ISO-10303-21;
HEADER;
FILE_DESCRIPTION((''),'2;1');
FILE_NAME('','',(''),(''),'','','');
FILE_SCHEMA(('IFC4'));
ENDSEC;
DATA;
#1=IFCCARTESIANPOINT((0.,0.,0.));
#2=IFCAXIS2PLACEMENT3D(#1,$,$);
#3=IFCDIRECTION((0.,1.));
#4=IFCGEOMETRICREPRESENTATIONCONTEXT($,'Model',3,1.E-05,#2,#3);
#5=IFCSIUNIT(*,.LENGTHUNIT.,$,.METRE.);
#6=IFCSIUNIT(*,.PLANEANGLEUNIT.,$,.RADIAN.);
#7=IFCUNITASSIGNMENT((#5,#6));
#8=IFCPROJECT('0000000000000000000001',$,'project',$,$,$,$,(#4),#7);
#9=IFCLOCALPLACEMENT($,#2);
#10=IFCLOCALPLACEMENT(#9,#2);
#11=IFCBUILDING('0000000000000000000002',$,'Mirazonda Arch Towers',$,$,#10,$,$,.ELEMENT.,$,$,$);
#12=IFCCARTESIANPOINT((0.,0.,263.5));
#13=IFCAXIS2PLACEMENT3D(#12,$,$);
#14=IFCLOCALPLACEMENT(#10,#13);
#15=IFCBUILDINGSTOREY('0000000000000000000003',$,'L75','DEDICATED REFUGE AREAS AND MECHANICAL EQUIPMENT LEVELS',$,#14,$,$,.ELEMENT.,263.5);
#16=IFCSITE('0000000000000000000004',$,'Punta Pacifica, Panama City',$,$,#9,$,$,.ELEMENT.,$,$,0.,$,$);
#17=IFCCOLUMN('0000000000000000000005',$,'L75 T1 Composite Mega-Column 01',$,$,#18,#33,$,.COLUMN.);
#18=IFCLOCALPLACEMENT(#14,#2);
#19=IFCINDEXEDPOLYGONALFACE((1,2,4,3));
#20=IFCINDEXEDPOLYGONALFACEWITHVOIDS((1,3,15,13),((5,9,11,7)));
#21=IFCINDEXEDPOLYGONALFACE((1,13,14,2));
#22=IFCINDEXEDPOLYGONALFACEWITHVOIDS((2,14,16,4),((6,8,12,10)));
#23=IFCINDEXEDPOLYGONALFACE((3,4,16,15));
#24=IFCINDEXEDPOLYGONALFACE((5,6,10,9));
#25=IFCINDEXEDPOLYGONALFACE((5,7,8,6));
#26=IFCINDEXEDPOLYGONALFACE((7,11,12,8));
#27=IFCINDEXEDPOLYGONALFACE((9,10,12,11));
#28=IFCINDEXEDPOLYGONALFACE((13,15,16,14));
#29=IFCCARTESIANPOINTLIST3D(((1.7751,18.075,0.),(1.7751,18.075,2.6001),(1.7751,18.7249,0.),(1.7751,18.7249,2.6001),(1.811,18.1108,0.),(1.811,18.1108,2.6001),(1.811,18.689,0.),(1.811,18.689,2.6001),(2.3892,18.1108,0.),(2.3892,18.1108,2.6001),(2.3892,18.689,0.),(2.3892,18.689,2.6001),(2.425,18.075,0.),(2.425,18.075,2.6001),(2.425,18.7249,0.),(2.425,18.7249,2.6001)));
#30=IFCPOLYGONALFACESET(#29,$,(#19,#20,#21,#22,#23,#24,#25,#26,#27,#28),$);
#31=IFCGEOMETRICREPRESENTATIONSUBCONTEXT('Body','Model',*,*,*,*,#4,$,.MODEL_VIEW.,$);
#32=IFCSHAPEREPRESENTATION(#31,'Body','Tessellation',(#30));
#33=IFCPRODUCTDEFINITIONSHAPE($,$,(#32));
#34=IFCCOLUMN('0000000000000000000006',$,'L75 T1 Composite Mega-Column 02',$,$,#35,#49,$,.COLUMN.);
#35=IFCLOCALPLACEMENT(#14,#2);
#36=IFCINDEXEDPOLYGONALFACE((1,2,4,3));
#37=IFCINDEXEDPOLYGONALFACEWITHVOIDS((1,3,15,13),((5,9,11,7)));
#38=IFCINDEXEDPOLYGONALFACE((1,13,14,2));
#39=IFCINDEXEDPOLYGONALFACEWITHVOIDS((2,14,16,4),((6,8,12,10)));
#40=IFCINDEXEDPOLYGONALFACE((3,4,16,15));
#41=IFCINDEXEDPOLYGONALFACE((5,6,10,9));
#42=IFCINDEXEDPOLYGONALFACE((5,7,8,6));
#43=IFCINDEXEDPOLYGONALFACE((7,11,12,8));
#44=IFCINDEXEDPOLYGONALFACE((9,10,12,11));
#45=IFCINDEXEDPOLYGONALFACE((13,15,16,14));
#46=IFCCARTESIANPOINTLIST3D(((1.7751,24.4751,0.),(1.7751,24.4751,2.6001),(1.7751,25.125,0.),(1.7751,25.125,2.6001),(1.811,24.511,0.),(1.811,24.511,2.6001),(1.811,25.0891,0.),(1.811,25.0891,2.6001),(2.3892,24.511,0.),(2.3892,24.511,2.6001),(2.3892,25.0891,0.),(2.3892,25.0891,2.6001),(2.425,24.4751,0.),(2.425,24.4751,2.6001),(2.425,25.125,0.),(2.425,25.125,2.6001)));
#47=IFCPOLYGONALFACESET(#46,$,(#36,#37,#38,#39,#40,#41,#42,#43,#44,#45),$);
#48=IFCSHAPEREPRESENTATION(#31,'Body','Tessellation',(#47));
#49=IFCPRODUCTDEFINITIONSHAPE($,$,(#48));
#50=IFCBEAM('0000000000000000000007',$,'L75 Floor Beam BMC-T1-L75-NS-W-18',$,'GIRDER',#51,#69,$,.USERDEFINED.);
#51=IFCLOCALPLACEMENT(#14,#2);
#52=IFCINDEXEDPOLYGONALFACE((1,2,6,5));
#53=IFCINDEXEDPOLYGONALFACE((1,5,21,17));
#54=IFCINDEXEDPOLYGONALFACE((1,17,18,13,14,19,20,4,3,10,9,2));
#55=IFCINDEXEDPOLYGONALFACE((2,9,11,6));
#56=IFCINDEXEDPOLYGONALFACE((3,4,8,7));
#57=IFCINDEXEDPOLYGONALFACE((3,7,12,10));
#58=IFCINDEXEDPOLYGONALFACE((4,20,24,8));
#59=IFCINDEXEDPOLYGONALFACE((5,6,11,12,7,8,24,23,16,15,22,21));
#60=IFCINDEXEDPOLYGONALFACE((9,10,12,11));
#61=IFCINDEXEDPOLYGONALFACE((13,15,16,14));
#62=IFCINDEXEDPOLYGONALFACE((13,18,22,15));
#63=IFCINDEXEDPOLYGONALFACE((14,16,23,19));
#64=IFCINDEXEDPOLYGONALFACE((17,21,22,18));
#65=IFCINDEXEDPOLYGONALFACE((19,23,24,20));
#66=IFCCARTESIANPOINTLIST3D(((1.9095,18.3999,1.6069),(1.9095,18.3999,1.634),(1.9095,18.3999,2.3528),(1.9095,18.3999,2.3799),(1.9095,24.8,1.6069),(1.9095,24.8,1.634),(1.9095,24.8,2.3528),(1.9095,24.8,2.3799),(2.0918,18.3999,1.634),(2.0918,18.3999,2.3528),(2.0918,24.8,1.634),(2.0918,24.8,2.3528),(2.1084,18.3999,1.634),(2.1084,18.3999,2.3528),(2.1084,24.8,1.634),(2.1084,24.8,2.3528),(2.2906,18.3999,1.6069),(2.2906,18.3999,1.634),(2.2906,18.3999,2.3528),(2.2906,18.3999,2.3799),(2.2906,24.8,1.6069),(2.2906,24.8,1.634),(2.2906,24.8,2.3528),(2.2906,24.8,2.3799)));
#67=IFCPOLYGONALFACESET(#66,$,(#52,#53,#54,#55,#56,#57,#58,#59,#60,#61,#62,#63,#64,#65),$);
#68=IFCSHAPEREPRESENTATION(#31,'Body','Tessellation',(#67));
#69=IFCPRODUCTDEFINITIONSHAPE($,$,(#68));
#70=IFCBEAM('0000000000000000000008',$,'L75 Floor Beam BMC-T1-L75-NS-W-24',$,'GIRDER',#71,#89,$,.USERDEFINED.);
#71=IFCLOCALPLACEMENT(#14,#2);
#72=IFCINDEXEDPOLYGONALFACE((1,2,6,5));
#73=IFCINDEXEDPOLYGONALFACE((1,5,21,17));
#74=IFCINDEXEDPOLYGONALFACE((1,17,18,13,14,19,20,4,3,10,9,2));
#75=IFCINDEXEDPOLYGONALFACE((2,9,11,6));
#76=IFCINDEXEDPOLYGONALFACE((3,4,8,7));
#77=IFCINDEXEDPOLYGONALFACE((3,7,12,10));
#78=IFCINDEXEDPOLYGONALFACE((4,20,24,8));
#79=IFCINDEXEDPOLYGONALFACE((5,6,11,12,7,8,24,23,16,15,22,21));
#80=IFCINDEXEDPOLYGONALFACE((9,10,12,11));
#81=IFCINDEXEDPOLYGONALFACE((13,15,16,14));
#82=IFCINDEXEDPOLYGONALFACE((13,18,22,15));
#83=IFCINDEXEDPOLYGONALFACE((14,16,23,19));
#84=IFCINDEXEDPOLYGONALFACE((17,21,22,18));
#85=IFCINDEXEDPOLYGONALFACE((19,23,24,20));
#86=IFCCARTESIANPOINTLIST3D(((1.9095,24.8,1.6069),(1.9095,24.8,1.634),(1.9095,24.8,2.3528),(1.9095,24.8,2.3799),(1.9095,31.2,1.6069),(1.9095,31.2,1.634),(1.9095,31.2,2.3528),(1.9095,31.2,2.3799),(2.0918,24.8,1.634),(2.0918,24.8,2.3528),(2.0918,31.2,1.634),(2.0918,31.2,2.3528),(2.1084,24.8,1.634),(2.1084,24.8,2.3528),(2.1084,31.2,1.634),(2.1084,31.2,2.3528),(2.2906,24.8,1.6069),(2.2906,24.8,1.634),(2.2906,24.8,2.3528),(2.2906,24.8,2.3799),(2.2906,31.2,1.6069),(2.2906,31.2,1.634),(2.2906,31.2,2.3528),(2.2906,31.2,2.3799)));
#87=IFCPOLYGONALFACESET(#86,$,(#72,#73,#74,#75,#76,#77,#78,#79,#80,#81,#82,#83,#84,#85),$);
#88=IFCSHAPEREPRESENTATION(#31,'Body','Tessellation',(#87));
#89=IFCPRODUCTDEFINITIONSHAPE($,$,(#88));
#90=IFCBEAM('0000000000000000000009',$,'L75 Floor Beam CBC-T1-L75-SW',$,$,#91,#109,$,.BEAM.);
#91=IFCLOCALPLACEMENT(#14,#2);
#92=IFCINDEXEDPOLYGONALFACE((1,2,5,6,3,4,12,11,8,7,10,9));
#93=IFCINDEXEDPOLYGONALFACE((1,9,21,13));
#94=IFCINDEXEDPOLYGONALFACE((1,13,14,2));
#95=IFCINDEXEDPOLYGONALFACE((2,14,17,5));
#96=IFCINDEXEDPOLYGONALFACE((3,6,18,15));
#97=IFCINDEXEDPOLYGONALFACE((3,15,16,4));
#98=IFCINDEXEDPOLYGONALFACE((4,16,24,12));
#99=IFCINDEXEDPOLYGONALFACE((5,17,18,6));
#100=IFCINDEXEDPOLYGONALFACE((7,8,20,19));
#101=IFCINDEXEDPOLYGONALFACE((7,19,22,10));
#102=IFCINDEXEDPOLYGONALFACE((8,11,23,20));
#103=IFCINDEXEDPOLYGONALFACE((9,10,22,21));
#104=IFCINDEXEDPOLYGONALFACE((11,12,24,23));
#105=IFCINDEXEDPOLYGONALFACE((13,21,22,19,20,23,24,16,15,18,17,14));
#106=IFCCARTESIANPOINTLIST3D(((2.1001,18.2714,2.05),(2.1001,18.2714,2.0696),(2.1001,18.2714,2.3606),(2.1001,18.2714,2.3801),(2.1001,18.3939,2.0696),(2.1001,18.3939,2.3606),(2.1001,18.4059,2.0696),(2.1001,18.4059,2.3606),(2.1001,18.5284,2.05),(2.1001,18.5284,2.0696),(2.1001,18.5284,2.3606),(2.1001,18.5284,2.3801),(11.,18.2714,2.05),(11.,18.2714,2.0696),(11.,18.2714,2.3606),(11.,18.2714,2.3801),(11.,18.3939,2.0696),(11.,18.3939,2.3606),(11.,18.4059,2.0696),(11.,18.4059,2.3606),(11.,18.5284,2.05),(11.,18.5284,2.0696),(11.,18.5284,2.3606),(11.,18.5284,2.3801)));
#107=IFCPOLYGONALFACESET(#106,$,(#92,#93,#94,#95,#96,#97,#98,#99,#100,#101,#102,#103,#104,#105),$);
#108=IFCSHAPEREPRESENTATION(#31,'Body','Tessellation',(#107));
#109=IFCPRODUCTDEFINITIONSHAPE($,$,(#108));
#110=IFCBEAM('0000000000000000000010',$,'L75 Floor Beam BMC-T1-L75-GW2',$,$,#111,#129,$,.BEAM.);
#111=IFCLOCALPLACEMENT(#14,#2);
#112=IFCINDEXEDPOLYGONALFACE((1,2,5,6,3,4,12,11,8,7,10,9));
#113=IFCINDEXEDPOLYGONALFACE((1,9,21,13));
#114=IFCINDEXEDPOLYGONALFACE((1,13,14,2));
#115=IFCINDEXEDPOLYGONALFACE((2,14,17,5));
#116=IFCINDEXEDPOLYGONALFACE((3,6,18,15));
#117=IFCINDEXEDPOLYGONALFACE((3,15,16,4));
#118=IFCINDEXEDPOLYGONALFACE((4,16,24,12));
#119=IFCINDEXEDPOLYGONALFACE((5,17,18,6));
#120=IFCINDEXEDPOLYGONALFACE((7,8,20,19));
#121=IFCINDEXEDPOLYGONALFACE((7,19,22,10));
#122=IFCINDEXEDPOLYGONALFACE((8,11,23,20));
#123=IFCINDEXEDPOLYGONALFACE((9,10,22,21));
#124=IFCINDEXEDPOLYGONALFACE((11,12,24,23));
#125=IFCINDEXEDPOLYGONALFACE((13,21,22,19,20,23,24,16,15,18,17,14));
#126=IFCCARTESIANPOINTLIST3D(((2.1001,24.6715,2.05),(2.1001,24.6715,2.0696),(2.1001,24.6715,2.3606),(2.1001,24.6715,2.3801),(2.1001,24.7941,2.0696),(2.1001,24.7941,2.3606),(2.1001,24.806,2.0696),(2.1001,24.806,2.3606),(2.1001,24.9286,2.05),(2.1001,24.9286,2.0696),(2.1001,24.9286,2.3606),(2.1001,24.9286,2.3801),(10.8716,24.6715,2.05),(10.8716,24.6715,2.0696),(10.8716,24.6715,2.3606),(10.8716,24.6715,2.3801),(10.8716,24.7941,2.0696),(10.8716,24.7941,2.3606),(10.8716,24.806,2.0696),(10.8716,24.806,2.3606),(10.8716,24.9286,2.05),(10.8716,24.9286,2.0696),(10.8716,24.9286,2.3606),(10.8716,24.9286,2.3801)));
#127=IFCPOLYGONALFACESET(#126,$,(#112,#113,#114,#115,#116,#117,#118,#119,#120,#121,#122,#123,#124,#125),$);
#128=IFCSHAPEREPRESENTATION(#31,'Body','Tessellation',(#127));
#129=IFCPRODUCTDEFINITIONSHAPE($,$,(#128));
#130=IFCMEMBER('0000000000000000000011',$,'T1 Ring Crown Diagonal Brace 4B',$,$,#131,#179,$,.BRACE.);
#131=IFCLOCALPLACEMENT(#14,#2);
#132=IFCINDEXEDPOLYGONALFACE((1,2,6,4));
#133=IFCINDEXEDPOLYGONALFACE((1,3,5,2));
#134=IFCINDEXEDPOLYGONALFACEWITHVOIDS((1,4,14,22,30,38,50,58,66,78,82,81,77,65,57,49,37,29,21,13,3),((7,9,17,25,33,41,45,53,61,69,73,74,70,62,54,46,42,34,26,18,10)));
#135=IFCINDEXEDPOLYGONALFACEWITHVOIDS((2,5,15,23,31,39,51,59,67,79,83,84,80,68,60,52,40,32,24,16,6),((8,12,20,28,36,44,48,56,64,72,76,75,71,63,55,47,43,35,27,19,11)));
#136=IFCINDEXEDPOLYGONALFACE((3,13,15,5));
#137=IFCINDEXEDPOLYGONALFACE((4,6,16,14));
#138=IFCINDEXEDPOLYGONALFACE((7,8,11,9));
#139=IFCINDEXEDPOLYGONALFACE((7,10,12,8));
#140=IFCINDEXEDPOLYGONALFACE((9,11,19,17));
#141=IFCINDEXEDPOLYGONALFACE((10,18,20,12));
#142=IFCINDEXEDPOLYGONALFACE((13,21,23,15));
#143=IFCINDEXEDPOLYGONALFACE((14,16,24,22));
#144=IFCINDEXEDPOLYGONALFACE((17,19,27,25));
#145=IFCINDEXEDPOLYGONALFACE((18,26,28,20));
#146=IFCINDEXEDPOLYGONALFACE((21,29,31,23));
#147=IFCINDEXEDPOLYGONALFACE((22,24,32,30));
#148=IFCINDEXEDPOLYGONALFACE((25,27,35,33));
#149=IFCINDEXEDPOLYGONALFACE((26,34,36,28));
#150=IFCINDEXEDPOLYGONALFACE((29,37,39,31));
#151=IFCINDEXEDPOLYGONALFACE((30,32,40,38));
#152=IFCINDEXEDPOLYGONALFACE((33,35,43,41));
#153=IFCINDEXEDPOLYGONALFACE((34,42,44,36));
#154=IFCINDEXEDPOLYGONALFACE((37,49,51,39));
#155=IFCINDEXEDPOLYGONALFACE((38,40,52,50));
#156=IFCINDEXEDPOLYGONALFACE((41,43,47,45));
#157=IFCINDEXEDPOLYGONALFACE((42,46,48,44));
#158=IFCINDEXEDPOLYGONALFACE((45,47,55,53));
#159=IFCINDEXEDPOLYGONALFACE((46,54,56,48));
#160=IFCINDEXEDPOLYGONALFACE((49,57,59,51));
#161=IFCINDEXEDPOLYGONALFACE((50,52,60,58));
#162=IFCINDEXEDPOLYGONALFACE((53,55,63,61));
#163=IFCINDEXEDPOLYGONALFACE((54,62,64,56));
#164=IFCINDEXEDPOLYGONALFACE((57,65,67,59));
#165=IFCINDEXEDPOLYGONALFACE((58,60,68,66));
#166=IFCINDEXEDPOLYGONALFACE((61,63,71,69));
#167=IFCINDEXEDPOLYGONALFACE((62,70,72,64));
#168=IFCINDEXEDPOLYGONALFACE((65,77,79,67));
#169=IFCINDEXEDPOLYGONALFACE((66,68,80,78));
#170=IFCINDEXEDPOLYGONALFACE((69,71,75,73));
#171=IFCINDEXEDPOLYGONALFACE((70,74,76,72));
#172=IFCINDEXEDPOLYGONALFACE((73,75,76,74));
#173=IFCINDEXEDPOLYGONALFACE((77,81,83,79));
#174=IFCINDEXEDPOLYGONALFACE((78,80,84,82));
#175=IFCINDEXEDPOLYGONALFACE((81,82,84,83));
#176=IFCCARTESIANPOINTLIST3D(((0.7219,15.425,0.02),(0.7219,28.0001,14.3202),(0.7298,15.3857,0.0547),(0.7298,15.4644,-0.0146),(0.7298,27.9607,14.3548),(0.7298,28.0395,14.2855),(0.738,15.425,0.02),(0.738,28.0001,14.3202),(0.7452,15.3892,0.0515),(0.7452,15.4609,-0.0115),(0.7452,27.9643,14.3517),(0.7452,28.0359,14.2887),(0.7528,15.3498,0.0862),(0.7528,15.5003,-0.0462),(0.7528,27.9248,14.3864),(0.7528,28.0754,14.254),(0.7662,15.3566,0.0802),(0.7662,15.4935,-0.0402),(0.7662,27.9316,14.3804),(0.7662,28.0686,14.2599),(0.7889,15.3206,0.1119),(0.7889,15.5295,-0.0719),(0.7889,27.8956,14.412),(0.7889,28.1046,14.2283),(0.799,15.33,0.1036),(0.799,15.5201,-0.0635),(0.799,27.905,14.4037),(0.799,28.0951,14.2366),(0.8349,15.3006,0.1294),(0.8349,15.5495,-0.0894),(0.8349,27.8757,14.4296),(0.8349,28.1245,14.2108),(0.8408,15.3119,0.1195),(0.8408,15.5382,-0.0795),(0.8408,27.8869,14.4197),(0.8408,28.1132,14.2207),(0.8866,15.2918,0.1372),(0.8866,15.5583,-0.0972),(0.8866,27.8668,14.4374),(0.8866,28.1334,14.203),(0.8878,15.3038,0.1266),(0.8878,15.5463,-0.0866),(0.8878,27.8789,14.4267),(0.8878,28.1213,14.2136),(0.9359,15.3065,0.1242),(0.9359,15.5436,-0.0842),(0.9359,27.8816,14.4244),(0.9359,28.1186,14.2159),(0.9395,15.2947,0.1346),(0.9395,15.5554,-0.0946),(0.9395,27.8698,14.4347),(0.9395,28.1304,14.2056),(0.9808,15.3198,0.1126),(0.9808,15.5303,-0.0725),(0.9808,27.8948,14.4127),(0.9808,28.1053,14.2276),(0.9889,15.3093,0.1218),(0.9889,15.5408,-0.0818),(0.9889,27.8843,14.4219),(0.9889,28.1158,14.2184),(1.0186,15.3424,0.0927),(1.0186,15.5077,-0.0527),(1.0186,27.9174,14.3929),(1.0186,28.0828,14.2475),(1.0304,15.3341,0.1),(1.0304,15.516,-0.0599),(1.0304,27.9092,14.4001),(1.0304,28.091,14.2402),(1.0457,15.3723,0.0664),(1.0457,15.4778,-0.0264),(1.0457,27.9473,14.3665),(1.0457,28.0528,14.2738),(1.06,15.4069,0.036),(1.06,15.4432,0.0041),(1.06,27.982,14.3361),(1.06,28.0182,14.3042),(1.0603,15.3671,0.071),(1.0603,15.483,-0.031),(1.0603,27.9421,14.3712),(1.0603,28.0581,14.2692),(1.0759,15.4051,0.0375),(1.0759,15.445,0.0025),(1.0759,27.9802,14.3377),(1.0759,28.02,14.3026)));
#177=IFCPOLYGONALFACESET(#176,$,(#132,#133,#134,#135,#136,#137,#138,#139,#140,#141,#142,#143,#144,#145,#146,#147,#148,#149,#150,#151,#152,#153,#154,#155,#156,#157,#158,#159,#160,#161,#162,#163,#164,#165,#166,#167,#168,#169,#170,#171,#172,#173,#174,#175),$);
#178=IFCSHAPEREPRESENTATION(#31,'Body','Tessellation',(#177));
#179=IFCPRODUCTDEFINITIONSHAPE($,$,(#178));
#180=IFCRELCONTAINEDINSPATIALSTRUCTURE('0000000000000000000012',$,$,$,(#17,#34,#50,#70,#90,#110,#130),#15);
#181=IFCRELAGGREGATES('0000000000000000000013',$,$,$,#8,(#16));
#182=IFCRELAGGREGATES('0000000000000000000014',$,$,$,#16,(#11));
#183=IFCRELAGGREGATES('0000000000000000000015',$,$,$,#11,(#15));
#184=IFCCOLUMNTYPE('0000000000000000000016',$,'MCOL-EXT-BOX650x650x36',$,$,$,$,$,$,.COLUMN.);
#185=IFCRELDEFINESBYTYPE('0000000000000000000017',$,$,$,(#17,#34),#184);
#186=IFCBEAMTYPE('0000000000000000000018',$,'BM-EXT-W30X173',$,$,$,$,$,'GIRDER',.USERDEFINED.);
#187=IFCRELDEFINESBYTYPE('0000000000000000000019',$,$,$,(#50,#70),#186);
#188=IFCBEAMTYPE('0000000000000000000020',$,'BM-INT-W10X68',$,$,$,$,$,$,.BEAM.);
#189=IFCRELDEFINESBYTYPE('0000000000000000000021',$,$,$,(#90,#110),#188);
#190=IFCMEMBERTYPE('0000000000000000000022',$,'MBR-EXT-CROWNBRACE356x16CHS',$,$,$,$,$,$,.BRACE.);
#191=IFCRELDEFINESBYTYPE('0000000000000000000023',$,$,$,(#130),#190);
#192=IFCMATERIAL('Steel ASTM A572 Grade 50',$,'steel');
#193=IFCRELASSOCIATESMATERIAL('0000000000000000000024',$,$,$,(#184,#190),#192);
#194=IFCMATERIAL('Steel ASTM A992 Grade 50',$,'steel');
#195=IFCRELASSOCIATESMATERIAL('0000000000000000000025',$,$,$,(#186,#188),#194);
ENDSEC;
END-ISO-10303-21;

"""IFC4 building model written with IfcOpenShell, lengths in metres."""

from ifc_helpers import new_model, si_unit, direction, frame, origin, origin_2d, place, context, subcontext, project, spatial, hollow_rectangle, hollow_circle, i_section, extrude, material, material_profile, profile_set, type_object, element, save


model = new_model("IFC4")

# Units and contexts
model_context = context("Model", 3, precision=1e-05, world=origin(), true_north=direction((0.0, 1.0)))
body_context = subcontext(model_context, "Body", "Model", "MODEL_VIEW")
ifc_project = project(units=[si_unit("LENGTHUNIT", "METRE"), si_unit("PLANEANGLEUNIT", "RADIAN")], contexts=[model_context])

# Site, building, storey
site_placement = place(None, origin())
site = spatial("IfcSite", under=ifc_project, at=site_placement, Name="Punta Pacifica, Panama City", CompositionType="ELEMENT", RefElevation=0.0)
building_placement = place(site_placement, origin())
building = spatial("IfcBuilding", under=site, at=building_placement, Name="Mirazonda Arch Towers", CompositionType="ELEMENT")
storey_placement = place(building_placement, frame((0.0, 0.0, 263.5)))
storey = spatial("IfcBuildingStorey", under=building, at=storey_placement, Name="L75", Description="DEDICATED REFUGE AREAS AND MECHANICAL EQUIPMENT LEVELS", CompositionType="ELEMENT", Elevation=263.5)

# Columns
ifc_material_1 = material(Name="Steel ASTM A572 Grade 50", Category="steel")
ifc_material_profile_1 = material_profile(ifc_material_1, hollow_rectangle(XDim=0.6499, YDim=0.6499, WallThickness=0.0359, at=origin_2d()), Name="BOX650x650x36")
ifc_profile_set_1 = profile_set([ifc_material_profile_1], Name="Steel ASTM A572 Grade 50")
column_type = type_object("IfcColumnType", Name="MCOL-EXT-BOX650x650x36", PredefinedType="COLUMN", material=ifc_profile_set_1)
for number, where, z_axis, x_axis, name in (
    (1, (2.1001, 18.3999, 0.0), (0.0, 0.0, 1.0), (1.0, 0.0, 0.0), "L75 T1 Composite Mega-Column 01"),
    (2, (2.1001, 24.8, 0.0), (0.0, 0.0, 1.0), (1.0, 0.0, 0.0), "L75 T1 Composite Mega-Column 02"),
):
    element("IfcColumn", number, at=place(storey_placement, frame(where, z_axis=z_axis, x_axis=x_axis)), inside=storey, type_object=column_type, Name=name, PredefinedType="COLUMN", context=body_context, shape_type="SweptSolid", body=[
        extrude(hollow_rectangle(XDim=0.6499, YDim=0.6499, WallThickness=0.0359, at=origin_2d()), origin(), (0.0, 0.0, 1.0), 2.6001),
    ])

# Beams
ifc_material_2 = material(Name="Steel ASTM A992 Grade 50", Category="steel")
ifc_material_profile_2 = material_profile(ifc_material_2, i_section(OverallWidth=0.3811, OverallDepth=0.7729, WebThickness=0.0166, FlangeThickness=0.0271, at=origin_2d()), Name="W30X173")
ifc_profile_set_2 = profile_set([ifc_material_profile_2], Name="Steel ASTM A992 Grade 50")
beam_type_1 = type_object("IfcBeamType", Name="BM-EXT-W30X173", ElementType="GIRDER", PredefinedType="USERDEFINED", material=ifc_profile_set_2)
beam_1_placement = place(storey_placement, frame((2.1001, 18.3999, 1.9934), z_axis=(0.0, 1.0, 0.0), x_axis=(-1.0, 0.0, 0.0)))
element("IfcBeam", 3, at=beam_1_placement, inside=storey, type_object=beam_type_1, Name="L75 Floor Beam BMC-T1-L75-NS-W-18", ObjectType="GIRDER", PredefinedType="USERDEFINED", context=body_context, shape_type="SweptSolid", body=[
    extrude(i_section(OverallWidth=0.3811, OverallDepth=0.7729, WebThickness=0.0166, FlangeThickness=0.0271, at=origin_2d()), origin(), (0.0, 0.0, 1.0), 6.4001),
])
beam_2_placement = place(storey_placement, frame((2.1001, 24.8, 1.9934), z_axis=(0.0, 1.0, 0.0), x_axis=(-1.0, 0.0, 0.0)))
element("IfcBeam", 4, at=beam_2_placement, inside=storey, type_object=beam_type_1, Name="L75 Floor Beam BMC-T1-L75-NS-W-24", ObjectType="GIRDER", PredefinedType="USERDEFINED", context=body_context, shape_type="SweptSolid", body=[
    extrude(i_section(OverallWidth=0.3811, OverallDepth=0.7729, WebThickness=0.0166, FlangeThickness=0.0271, at=origin_2d()), origin(), (0.0, 0.0, 1.0), 6.3999),
])
ifc_material_profile_3 = material_profile(ifc_material_2, i_section(OverallWidth=0.2571, OverallDepth=0.3301, WebThickness=0.012, FlangeThickness=0.0195, at=origin_2d()), Name="W10X68")
ifc_profile_set_3 = profile_set([ifc_material_profile_3], Name="Steel ASTM A992 Grade 50")
beam_type_2 = type_object("IfcBeamType", Name="BM-INT-W10X68", PredefinedType="BEAM", material=ifc_profile_set_3)
beam_3_placement = place(storey_placement, frame((2.1001, 18.3999, 2.2151), z_axis=(1.0, 0.0, 0.0), x_axis=(0.0, 1.0, 0.0)))
element("IfcBeam", 5, at=beam_3_placement, inside=storey, type_object=beam_type_2, Name="L75 Floor Beam CBC-T1-L75-SW", PredefinedType="BEAM", context=body_context, shape_type="SweptSolid", body=[
    extrude(i_section(OverallWidth=0.2571, OverallDepth=0.3301, WebThickness=0.012, FlangeThickness=0.0195, at=origin_2d()), origin(), (0.0, 0.0, 1.0), 8.8999),
])
beam_4_placement = place(storey_placement, frame((2.1001, 24.8, 2.2151), z_axis=(1.0, 0.0, 0.0), x_axis=(0.0, 1.0, 0.0)))
element("IfcBeam", 6, at=beam_4_placement, inside=storey, type_object=beam_type_2, Name="L75 Floor Beam BMC-T1-L75-GW2", PredefinedType="BEAM", context=body_context, shape_type="SweptSolid", body=[
    extrude(i_section(OverallWidth=0.2571, OverallDepth=0.3301, WebThickness=0.012, FlangeThickness=0.0195, at=origin_2d()), origin(), (0.0, 0.0, 1.0), 8.7715),
])

# Member
ifc_material_profile_4 = material_profile(ifc_material_1, hollow_circle(Radius=0.178, WallThickness=0.0161, at=origin_2d()), Name="CROWNBRACE356x16CHS")
ifc_profile_set_4 = profile_set([ifc_material_profile_4], Name="Steel ASTM A572 Grade 50")
member_type_1 = type_object("IfcMemberType", Name="MBR-EXT-CROWNBRACE356x16CHS", PredefinedType="BRACE", material=ifc_profile_set_4)
member_1_placement = place(storey_placement, frame((0.8999, 15.425, 0.02), z_axis=(0.0, 0.660359, 0.75095), x_axis=(-1.0, 0.0, 0.0)))
element("IfcMember", 7, at=member_1_placement, inside=storey, type_object=member_type_1, Name="T1 Ring Crown Diagonal Brace 4B", PredefinedType="BRACE", context=body_context, shape_type="SweptSolid", body=[
    extrude(hollow_circle(Radius=0.178, WallThickness=0.0161, at=origin_2d()), origin(), (0.0, 0.0, 1.0), 19.0427),
])

save(model, "model.ifc")
